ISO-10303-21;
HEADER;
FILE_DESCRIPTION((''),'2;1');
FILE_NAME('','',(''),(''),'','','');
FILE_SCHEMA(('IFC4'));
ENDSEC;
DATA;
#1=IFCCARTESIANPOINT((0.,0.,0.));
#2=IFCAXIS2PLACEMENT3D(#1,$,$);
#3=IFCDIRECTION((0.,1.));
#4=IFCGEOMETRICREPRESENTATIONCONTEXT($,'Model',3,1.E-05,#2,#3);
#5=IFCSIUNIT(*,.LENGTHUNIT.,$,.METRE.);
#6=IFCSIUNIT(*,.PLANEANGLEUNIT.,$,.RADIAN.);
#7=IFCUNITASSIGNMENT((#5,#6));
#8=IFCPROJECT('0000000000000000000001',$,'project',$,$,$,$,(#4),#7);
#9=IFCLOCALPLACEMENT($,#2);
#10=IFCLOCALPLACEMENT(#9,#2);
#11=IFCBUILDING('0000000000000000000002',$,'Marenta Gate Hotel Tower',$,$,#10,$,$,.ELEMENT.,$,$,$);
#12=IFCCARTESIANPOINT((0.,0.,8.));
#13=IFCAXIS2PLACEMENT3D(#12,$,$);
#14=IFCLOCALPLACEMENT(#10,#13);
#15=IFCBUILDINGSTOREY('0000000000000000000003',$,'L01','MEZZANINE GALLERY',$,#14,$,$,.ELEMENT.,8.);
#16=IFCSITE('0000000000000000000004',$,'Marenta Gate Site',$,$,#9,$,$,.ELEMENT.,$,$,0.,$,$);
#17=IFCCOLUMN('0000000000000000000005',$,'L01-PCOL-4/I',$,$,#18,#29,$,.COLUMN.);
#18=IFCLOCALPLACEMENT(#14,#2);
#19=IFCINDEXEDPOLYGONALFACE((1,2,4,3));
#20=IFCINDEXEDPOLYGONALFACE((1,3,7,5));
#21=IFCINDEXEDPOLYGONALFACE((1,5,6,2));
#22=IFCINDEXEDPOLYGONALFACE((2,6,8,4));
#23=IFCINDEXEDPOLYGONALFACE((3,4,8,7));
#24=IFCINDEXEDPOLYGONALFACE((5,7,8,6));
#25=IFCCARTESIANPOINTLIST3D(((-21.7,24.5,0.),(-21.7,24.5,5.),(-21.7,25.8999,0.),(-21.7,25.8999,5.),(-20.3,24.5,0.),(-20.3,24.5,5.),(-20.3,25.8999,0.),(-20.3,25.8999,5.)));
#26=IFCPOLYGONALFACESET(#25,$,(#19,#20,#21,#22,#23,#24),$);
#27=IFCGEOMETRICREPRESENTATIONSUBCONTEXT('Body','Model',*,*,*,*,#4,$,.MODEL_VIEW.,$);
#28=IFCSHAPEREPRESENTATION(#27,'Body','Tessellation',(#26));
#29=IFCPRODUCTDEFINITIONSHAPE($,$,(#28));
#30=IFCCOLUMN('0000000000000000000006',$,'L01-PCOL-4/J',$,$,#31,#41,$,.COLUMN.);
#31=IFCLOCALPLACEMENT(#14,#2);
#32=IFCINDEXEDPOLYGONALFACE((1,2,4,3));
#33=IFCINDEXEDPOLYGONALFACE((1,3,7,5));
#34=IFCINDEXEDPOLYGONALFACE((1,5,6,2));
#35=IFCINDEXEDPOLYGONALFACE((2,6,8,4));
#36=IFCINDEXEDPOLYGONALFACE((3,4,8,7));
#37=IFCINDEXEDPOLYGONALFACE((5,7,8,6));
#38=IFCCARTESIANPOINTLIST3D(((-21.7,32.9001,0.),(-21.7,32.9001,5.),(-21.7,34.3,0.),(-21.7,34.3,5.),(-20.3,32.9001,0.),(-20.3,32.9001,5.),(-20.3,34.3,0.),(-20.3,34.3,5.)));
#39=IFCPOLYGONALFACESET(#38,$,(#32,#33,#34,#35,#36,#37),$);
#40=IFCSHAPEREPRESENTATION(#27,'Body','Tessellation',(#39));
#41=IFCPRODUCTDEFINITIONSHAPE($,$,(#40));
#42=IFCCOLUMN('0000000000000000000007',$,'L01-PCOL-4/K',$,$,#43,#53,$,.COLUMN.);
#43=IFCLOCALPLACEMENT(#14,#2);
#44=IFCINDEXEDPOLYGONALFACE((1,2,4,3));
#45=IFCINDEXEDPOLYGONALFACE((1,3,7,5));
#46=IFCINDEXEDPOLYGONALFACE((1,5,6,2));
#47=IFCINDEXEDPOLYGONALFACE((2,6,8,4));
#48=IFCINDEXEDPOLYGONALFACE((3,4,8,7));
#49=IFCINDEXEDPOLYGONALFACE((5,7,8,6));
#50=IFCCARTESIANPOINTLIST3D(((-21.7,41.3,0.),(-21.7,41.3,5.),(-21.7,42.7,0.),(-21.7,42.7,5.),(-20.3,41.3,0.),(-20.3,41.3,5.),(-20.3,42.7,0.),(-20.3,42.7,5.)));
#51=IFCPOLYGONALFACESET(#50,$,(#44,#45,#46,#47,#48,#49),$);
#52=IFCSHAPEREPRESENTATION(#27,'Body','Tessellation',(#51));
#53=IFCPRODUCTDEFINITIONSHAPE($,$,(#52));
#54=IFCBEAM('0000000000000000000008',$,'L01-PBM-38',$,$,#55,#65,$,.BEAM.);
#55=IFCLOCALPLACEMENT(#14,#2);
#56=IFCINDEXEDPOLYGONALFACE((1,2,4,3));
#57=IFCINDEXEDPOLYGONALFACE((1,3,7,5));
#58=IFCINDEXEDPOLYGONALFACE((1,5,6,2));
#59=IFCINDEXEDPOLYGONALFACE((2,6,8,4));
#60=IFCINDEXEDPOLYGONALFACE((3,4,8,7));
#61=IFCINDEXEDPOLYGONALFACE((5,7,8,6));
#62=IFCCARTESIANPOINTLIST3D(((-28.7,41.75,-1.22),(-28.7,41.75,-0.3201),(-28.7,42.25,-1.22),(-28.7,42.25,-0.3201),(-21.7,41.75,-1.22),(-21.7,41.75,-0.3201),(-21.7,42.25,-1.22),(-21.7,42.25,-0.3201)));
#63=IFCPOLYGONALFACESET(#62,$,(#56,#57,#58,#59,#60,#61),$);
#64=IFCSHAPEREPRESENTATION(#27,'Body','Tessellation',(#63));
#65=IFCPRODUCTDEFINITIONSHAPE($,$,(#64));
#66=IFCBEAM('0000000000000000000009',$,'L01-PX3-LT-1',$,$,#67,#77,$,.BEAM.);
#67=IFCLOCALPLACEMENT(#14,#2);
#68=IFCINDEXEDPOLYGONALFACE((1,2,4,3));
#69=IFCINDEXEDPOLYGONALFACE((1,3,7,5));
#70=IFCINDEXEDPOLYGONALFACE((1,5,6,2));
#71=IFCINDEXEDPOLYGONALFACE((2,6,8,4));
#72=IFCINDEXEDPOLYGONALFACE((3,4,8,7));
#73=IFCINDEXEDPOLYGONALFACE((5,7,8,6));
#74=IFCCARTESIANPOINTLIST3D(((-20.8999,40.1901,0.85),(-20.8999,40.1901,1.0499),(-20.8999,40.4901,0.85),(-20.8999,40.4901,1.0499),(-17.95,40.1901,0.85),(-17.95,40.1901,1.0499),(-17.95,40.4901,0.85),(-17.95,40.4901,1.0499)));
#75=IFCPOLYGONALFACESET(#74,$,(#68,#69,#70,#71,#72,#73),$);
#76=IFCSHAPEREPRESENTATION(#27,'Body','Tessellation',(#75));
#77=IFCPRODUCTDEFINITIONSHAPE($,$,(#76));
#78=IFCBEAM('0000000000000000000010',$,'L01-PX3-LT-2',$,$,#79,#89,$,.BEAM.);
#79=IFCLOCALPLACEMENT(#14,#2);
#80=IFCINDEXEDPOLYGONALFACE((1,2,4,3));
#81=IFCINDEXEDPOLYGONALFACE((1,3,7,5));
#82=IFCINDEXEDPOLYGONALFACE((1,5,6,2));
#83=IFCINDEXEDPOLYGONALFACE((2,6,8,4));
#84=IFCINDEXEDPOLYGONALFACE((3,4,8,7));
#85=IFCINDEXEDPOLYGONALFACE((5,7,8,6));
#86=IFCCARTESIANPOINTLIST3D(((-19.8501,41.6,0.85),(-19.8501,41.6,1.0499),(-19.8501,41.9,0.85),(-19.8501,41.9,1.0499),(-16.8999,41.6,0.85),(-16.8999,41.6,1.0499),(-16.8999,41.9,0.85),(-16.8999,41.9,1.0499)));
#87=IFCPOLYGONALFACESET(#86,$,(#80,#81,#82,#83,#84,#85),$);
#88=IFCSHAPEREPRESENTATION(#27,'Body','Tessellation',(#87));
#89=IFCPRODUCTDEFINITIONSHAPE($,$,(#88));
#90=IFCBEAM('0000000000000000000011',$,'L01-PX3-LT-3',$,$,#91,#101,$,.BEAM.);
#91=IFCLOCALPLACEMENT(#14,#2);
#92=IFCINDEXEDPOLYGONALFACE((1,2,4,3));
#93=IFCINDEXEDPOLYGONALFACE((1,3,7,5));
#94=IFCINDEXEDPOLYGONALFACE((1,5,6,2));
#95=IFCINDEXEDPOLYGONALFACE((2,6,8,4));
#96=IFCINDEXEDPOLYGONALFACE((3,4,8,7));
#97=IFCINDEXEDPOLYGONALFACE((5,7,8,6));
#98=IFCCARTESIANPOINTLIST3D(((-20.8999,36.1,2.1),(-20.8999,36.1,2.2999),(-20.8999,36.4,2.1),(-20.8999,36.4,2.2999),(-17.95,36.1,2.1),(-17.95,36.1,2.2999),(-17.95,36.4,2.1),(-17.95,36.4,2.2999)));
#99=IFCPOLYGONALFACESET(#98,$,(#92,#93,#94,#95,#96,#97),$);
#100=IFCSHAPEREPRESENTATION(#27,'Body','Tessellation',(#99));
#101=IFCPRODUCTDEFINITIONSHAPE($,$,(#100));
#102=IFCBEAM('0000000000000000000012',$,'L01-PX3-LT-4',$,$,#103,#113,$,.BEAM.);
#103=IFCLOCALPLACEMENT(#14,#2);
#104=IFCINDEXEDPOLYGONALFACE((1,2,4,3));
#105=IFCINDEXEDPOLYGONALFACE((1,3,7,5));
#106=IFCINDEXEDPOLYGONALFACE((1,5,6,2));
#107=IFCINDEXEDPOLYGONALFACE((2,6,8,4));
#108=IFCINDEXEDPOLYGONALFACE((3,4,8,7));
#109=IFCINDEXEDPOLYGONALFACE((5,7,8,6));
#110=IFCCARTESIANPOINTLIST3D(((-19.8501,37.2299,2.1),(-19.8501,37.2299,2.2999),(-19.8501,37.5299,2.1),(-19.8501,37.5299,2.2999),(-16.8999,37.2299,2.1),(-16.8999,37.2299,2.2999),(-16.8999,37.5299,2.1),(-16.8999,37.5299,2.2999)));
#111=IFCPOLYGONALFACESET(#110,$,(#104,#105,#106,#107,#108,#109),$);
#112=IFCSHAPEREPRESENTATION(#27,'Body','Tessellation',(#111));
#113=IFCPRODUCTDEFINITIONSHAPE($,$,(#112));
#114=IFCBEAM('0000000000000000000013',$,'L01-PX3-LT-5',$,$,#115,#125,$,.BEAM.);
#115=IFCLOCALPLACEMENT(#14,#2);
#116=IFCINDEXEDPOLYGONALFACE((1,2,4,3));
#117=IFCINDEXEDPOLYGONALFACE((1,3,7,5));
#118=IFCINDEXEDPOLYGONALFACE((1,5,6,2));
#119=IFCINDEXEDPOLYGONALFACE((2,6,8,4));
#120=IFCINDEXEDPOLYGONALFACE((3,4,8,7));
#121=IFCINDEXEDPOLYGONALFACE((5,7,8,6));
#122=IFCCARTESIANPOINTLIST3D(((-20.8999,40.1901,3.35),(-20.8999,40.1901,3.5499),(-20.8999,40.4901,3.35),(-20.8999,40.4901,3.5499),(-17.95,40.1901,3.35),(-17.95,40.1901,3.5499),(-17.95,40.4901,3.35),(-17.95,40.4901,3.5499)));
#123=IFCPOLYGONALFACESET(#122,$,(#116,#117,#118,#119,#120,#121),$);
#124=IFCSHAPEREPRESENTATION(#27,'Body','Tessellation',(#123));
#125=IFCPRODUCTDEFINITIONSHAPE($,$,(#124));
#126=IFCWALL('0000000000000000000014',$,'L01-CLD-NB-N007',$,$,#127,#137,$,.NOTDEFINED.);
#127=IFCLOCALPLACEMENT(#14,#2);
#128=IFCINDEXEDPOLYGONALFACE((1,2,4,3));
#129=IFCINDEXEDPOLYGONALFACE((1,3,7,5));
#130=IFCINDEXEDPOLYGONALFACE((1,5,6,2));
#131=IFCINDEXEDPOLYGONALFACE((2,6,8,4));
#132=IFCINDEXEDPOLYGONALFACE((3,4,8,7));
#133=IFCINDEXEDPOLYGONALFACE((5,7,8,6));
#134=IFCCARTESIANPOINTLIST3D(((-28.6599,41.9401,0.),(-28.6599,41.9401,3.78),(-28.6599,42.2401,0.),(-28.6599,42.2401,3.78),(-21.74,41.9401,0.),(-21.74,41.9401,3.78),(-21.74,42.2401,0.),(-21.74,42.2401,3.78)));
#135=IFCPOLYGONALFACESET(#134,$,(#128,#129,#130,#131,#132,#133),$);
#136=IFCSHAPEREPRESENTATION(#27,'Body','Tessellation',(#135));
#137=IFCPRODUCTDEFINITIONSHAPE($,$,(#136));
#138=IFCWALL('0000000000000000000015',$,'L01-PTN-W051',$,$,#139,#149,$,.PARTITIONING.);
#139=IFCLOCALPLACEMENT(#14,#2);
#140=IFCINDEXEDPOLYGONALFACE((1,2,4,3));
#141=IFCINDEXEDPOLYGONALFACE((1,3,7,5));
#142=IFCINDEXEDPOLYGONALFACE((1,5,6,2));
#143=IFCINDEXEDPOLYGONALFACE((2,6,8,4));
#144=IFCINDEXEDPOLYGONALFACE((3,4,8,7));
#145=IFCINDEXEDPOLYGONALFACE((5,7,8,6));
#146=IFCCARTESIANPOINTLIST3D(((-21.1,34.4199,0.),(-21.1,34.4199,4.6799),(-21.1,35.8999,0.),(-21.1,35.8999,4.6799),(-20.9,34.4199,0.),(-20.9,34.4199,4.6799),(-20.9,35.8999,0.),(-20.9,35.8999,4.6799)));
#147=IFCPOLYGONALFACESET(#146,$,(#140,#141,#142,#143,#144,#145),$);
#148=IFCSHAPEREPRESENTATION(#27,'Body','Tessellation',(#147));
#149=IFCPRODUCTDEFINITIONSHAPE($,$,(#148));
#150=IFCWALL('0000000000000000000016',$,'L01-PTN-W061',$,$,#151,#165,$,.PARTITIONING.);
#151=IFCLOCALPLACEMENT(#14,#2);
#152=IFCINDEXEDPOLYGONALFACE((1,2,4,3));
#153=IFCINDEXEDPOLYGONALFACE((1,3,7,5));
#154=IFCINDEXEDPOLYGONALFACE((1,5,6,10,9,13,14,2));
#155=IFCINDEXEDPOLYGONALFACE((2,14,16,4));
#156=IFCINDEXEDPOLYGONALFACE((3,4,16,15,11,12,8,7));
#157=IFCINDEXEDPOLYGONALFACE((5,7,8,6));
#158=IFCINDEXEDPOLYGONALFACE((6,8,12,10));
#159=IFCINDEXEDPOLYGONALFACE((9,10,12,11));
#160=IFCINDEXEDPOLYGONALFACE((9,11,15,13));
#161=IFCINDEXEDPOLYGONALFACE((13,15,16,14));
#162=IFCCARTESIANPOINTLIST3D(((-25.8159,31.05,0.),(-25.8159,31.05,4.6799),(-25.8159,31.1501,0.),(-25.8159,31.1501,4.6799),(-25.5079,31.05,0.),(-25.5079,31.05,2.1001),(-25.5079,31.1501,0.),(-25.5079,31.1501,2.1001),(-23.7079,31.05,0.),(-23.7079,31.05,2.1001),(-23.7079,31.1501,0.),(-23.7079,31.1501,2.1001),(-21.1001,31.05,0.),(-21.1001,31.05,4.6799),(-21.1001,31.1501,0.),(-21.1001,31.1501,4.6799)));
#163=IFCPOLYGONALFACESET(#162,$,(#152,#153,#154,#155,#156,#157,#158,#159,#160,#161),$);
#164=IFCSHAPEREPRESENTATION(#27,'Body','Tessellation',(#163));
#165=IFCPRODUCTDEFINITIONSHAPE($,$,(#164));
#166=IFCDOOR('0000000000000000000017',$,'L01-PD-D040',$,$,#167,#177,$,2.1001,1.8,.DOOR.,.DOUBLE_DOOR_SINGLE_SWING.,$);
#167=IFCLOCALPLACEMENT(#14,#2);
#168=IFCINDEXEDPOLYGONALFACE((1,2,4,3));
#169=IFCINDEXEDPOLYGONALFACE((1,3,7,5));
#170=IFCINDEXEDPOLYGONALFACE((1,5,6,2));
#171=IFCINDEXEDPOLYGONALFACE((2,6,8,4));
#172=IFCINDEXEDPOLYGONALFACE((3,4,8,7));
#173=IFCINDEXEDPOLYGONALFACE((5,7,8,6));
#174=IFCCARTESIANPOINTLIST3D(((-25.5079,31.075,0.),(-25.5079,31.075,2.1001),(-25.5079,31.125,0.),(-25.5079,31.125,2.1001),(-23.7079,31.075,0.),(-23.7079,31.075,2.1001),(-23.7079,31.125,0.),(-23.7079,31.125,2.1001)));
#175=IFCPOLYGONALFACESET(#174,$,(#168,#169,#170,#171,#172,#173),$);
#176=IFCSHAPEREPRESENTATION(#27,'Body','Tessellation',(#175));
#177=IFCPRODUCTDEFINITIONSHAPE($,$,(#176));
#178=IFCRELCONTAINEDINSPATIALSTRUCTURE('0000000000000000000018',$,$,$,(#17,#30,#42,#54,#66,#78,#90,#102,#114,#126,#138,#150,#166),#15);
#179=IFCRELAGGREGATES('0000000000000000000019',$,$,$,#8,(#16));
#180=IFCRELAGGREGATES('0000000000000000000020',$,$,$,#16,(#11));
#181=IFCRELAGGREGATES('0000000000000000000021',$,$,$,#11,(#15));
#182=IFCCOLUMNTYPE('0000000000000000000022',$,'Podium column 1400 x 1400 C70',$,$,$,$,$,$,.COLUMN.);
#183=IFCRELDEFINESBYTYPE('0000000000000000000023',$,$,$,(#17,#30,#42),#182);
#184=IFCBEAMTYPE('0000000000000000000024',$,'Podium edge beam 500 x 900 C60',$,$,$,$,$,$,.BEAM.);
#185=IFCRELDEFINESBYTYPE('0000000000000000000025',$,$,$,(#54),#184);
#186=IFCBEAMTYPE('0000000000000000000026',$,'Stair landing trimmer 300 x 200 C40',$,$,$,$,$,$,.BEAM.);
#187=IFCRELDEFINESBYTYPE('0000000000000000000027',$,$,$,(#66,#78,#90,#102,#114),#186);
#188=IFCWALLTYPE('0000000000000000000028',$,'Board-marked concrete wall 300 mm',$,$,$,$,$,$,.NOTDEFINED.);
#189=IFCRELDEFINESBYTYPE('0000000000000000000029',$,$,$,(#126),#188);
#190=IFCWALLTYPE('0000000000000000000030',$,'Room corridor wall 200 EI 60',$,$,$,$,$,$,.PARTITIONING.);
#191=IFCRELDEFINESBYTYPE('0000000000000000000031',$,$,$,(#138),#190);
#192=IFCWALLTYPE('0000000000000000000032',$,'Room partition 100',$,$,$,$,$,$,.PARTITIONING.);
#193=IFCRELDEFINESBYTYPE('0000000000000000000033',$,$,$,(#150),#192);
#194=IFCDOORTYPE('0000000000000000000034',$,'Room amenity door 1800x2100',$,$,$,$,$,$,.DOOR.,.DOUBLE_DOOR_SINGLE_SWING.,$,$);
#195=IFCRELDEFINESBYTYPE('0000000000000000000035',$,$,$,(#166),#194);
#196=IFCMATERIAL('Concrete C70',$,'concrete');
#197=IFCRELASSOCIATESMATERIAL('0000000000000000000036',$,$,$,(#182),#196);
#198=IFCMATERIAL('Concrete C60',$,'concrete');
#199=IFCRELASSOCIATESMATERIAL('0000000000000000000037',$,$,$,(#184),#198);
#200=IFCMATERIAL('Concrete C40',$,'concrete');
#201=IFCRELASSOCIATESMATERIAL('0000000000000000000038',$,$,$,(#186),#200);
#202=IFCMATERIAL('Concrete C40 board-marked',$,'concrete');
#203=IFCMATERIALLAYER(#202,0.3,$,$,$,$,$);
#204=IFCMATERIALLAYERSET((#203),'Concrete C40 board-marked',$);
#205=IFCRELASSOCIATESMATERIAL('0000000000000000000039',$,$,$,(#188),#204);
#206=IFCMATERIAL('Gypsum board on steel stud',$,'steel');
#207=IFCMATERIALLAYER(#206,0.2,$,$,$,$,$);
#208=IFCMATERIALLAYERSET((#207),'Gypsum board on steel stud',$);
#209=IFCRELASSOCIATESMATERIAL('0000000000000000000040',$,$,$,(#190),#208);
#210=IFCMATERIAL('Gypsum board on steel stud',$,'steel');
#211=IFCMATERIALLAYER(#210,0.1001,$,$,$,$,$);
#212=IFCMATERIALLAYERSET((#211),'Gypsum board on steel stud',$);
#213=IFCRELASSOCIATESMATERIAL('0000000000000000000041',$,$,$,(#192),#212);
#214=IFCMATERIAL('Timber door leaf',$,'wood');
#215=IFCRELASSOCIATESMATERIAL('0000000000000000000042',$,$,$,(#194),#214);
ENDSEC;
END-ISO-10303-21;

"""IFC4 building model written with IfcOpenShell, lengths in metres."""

from ifc_helpers import new_model, si_unit, direction, frame, frame_2d, origin, origin_2d, place, context, subcontext, project, spatial, rectangle, extrude, material, layer, layer_set, material_profile, profile_set, type_object, element, fill, save


model = new_model("IFC4")

# Units and contexts
model_context = context("Model", 3, precision=1e-05, world=origin(), true_north=direction((0.0, 1.0)))
body_context = subcontext(model_context, "Body", "Model", "MODEL_VIEW")
ifc_project = project(units=[si_unit("LENGTHUNIT", "METRE"), si_unit("PLANEANGLEUNIT", "RADIAN")], contexts=[model_context])

# Site, building, storey
site_placement = place(None, origin())
site = spatial("IfcSite", under=ifc_project, at=site_placement, Name="Marenta Gate Site", CompositionType="ELEMENT", RefElevation=0.0)
building_placement = place(site_placement, origin())
building = spatial("IfcBuilding", under=site, at=building_placement, Name="Marenta Gate Hotel Tower", CompositionType="ELEMENT")
storey_placement = place(building_placement, frame((0.0, 0.0, 8.0)))
storey = spatial("IfcBuildingStorey", under=building, at=storey_placement, Name="L01", Description="MEZZANINE GALLERY", CompositionType="ELEMENT", Elevation=8.0)

# Columns
ifc_material_1 = material(Name="Concrete C70", Category="concrete")
ifc_material_profile_1 = material_profile(ifc_material_1, rectangle(XDim=1.3999, YDim=1.3999, at=origin_2d()), Name="1400 x 1400")
ifc_profile_set_1 = profile_set([ifc_material_profile_1], Name="Concrete C70")
column_type = type_object("IfcColumnType", Name="Podium column 1400 x 1400 C70", PredefinedType="COLUMN", material=ifc_profile_set_1)
for number, where, z_axis, x_axis, name in (
    (1, (-21.0, 25.2, 0.0), (0.0, 0.0, 1.0), (1.0, 0.0, 0.0), "L01-PCOL-4/I"),
    (2, (-21.0, 33.6001, 0.0), (0.0, 0.0, 1.0), (1.0, 0.0, 0.0), "L01-PCOL-4/J"),
    (3, (-21.0, 42.0, 0.0), (0.0, 0.0, 1.0), (1.0, 0.0, 0.0), "L01-PCOL-4/K"),
):
    element("IfcColumn", number, at=place(storey_placement, frame(where, z_axis=z_axis, x_axis=x_axis)), inside=storey, type_object=column_type, Name=name, PredefinedType="COLUMN", context=body_context, shape_type="SweptSolid", body=[
        extrude(rectangle(XDim=1.3999, YDim=1.3999, at=origin_2d()), origin(), (0.0, 0.0, 1.0), 5.0),
    ])

# Beams
ifc_material_2 = material(Name="Concrete C60", Category="concrete")
ifc_material_profile_2 = material_profile(ifc_material_2, rectangle(XDim=0.5, YDim=0.8999, at=origin_2d()), Name="500 x 900")
ifc_profile_set_2 = profile_set([ifc_material_profile_2], Name="Concrete C60")
beam_type_1 = type_object("IfcBeamType", Name="Podium edge beam 500 x 900 C60", PredefinedType="BEAM", material=ifc_profile_set_2)
beam_1_placement = place(storey_placement, frame((-21.7, 42.0, -0.77), z_axis=(-1.0, 0.0, 0.0), x_axis=(0.0, -1.0, 0.0)))
element("IfcBeam", 4, at=beam_1_placement, inside=storey, type_object=beam_type_1, Name="L01-PBM-38", PredefinedType="BEAM", context=body_context, shape_type="SweptSolid", body=[
    extrude(rectangle(XDim=0.5, YDim=0.8999, at=origin_2d()), origin(), (0.0, 0.0, 1.0), 7.0),
])
ifc_material_3 = material(Name="Concrete C40", Category="concrete")
ifc_material_profile_3 = material_profile(ifc_material_3, rectangle(XDim=0.3, YDim=0.2, at=origin_2d()), Name="300 x 200")
ifc_profile_set_3 = profile_set([ifc_material_profile_3], Name="Concrete C40")
beam_type_2 = type_object("IfcBeamType", Name="Stair landing trimmer 300 x 200 C40", PredefinedType="BEAM", material=ifc_profile_set_3)
beam_2_placement = place(storey_placement, frame((-20.8999, 40.3401, 0.95), z_axis=(1.0, 0.0, 0.0), x_axis=(0.0, 1.0, 0.0)))
element("IfcBeam", 5, at=beam_2_placement, inside=storey, type_object=beam_type_2, Name="L01-PX3-LT-1", PredefinedType="BEAM", context=body_context, shape_type="SweptSolid", body=[
    extrude(rectangle(XDim=0.3, YDim=0.2, at=origin_2d()), origin(), (0.0, 0.0, 1.0), 2.95),
])
beam_3_placement = place(storey_placement, frame((-19.8501, 41.75, 0.95), z_axis=(1.0, 0.0, 0.0), x_axis=(0.0, 1.0, 0.0)))
element("IfcBeam", 6, at=beam_3_placement, inside=storey, type_object=beam_type_2, Name="L01-PX3-LT-2", PredefinedType="BEAM", context=body_context, shape_type="SweptSolid", body=[
    extrude(rectangle(XDim=0.3, YDim=0.2, at=origin_2d()), origin(), (0.0, 0.0, 1.0), 2.9502),
])
beam_4_placement = place(storey_placement, frame((-20.8999, 36.25, 2.2), z_axis=(1.0, 0.0, 0.0), x_axis=(0.0, 1.0, 0.0)))
element("IfcBeam", 7, at=beam_4_placement, inside=storey, type_object=beam_type_2, Name="L01-PX3-LT-3", PredefinedType="BEAM", context=body_context, shape_type="SweptSolid", body=[
    extrude(rectangle(XDim=0.3, YDim=0.2, at=origin_2d()), origin(), (0.0, 0.0, 1.0), 2.95),
])
beam_5_placement = place(storey_placement, frame((-19.8501, 37.3799, 2.2), z_axis=(1.0, 0.0, 0.0), x_axis=(0.0, 1.0, 0.0)))
element("IfcBeam", 8, at=beam_5_placement, inside=storey, type_object=beam_type_2, Name="L01-PX3-LT-4", PredefinedType="BEAM", context=body_context, shape_type="SweptSolid", body=[
    extrude(rectangle(XDim=0.3, YDim=0.2, at=origin_2d()), origin(), (0.0, 0.0, 1.0), 2.9502),
])
beam_6_placement = place(storey_placement, frame((-20.8999, 40.3401, 3.45), z_axis=(1.0, 0.0, 0.0), x_axis=(0.0, 1.0, 0.0)))
element("IfcBeam", 9, at=beam_6_placement, inside=storey, type_object=beam_type_2, Name="L01-PX3-LT-5", PredefinedType="BEAM", context=body_context, shape_type="SweptSolid", body=[
    extrude(rectangle(XDim=0.3, YDim=0.2, at=origin_2d()), origin(), (0.0, 0.0, 1.0), 2.95),
])

# Walls
ifc_material_4 = material(Name="Concrete C40 board-marked", Category="concrete")
ifc_layer_1 = layer(ifc_material_4, 0.3)
ifc_layer_set_1 = layer_set([ifc_layer_1], Name="Concrete C40 board-marked")
wall_type_1 = type_object("IfcWallType", Name="Board-marked concrete wall 300 mm", PredefinedType="NOTDEFINED", material=ifc_layer_set_1)
wall_1_placement = place(storey_placement, frame((-21.74, 42.0901, 0.0), z_axis=(0.0, 0.0, 1.0), x_axis=(-1.0, 0.0, 0.0)))
element("IfcWall", 10, at=wall_1_placement, inside=storey, type_object=wall_type_1, Name="L01-CLD-NB-N007", PredefinedType="NOTDEFINED", context=body_context, shape_type="SweptSolid", body=[
    extrude(rectangle(XDim=6.9199, YDim=0.3, at=frame_2d((3.46, 0.0))), origin(), (0.0, 0.0, 1.0), 3.78),
])
ifc_material_5 = material(Name="Gypsum board on steel stud", Category="steel")
ifc_layer_2 = layer(ifc_material_5, 0.2)
ifc_layer_set_2 = layer_set([ifc_layer_2], Name="Gypsum board on steel stud")
wall_type_2 = type_object("IfcWallType", Name="Room corridor wall 200 EI 60", PredefinedType="PARTITIONING", material=ifc_layer_set_2)
wall_2_placement = place(storey_placement, frame((-21.0, 34.4199, 0.0), z_axis=(0.0, 0.0, 1.0), x_axis=(0.0, 1.0, 0.0)))
element("IfcWall", 11, at=wall_2_placement, inside=storey, type_object=wall_type_2, Name="L01-PTN-W051", PredefinedType="PARTITIONING", context=body_context, shape_type="SweptSolid", body=[
    extrude(rectangle(XDim=1.48, YDim=0.2, at=frame_2d((0.74, 0.0))), origin(), (0.0, 0.0, 1.0), 4.6799),
])

# Wall, opening, door
ifc_material_6 = material(Name="Gypsum board on steel stud", Category="steel")
ifc_layer_3 = layer(ifc_material_6, 0.1001)
ifc_layer_set_3 = layer_set([ifc_layer_3], Name="Gypsum board on steel stud")
wall_type_3 = type_object("IfcWallType", Name="Room partition 100", PredefinedType="PARTITIONING", material=ifc_layer_set_3)
wall_3_placement = place(storey_placement, frame((-25.8159, 31.1001, 0.0), z_axis=(0.0, 0.0, 1.0), x_axis=(1.0, 0.0, 0.0)))
wall_3 = element("IfcWall", 12, at=wall_3_placement, inside=storey, type_object=wall_type_3, Name="L01-PTN-W061", PredefinedType="PARTITIONING", context=body_context, shape_type="SweptSolid", body=[
    extrude(rectangle(XDim=4.7158, YDim=0.1001, at=frame_2d((2.3579, 0.0))), origin(), (0.0, 0.0, 1.0), 4.6799),
])
opening_1_placement = place(wall_3_placement, frame((0.3081, 0.0, 0.0)))
opening_1 = element("IfcOpeningElement", 13, at=opening_1_placement, cuts=wall_3, PredefinedType="OPENING", context=body_context, shape_type="SweptSolid", body=[
    extrude(rectangle(XDim=1.8, YDim=2.1001, at=frame_2d((0.8999, 1.05))), frame((0.0, 0.05, 0.0), z_axis=(0.0, -1.0, 0.0), x_axis=(1.0, 0.0, 0.0)), (0.0, 0.0, 1.0), 0.1001),
])
ifc_material_7 = material(Name="Timber door leaf", Category="wood")
door_type_1 = type_object("IfcDoorType", Name="Room amenity door 1800x2100", OperationType="DOUBLE_DOOR_SINGLE_SWING", PredefinedType="DOOR", material=ifc_material_7)
door_1_placement = place(opening_1_placement, origin())
door_1 = element("IfcDoor", 14, at=door_1_placement, inside=storey, type_object=door_type_1, Name="L01-PD-D040", OperationType="DOUBLE_DOOR_SINGLE_SWING", OverallHeight=2.1001, OverallWidth=1.8, PredefinedType="DOOR", context=body_context, shape_type="SweptSolid", body=[
    extrude(rectangle(XDim=1.8, YDim=2.1001, at=frame_2d((0.8999, 1.05))), frame((0.0, 0.0249, 0.0), z_axis=(0.0, -1.0, 0.0), x_axis=(1.0, 0.0, 0.0)), (0.0, 0.0, 1.0), 0.05),
])
fill(opening_1, door_1)

save(model, "model.ifc")
